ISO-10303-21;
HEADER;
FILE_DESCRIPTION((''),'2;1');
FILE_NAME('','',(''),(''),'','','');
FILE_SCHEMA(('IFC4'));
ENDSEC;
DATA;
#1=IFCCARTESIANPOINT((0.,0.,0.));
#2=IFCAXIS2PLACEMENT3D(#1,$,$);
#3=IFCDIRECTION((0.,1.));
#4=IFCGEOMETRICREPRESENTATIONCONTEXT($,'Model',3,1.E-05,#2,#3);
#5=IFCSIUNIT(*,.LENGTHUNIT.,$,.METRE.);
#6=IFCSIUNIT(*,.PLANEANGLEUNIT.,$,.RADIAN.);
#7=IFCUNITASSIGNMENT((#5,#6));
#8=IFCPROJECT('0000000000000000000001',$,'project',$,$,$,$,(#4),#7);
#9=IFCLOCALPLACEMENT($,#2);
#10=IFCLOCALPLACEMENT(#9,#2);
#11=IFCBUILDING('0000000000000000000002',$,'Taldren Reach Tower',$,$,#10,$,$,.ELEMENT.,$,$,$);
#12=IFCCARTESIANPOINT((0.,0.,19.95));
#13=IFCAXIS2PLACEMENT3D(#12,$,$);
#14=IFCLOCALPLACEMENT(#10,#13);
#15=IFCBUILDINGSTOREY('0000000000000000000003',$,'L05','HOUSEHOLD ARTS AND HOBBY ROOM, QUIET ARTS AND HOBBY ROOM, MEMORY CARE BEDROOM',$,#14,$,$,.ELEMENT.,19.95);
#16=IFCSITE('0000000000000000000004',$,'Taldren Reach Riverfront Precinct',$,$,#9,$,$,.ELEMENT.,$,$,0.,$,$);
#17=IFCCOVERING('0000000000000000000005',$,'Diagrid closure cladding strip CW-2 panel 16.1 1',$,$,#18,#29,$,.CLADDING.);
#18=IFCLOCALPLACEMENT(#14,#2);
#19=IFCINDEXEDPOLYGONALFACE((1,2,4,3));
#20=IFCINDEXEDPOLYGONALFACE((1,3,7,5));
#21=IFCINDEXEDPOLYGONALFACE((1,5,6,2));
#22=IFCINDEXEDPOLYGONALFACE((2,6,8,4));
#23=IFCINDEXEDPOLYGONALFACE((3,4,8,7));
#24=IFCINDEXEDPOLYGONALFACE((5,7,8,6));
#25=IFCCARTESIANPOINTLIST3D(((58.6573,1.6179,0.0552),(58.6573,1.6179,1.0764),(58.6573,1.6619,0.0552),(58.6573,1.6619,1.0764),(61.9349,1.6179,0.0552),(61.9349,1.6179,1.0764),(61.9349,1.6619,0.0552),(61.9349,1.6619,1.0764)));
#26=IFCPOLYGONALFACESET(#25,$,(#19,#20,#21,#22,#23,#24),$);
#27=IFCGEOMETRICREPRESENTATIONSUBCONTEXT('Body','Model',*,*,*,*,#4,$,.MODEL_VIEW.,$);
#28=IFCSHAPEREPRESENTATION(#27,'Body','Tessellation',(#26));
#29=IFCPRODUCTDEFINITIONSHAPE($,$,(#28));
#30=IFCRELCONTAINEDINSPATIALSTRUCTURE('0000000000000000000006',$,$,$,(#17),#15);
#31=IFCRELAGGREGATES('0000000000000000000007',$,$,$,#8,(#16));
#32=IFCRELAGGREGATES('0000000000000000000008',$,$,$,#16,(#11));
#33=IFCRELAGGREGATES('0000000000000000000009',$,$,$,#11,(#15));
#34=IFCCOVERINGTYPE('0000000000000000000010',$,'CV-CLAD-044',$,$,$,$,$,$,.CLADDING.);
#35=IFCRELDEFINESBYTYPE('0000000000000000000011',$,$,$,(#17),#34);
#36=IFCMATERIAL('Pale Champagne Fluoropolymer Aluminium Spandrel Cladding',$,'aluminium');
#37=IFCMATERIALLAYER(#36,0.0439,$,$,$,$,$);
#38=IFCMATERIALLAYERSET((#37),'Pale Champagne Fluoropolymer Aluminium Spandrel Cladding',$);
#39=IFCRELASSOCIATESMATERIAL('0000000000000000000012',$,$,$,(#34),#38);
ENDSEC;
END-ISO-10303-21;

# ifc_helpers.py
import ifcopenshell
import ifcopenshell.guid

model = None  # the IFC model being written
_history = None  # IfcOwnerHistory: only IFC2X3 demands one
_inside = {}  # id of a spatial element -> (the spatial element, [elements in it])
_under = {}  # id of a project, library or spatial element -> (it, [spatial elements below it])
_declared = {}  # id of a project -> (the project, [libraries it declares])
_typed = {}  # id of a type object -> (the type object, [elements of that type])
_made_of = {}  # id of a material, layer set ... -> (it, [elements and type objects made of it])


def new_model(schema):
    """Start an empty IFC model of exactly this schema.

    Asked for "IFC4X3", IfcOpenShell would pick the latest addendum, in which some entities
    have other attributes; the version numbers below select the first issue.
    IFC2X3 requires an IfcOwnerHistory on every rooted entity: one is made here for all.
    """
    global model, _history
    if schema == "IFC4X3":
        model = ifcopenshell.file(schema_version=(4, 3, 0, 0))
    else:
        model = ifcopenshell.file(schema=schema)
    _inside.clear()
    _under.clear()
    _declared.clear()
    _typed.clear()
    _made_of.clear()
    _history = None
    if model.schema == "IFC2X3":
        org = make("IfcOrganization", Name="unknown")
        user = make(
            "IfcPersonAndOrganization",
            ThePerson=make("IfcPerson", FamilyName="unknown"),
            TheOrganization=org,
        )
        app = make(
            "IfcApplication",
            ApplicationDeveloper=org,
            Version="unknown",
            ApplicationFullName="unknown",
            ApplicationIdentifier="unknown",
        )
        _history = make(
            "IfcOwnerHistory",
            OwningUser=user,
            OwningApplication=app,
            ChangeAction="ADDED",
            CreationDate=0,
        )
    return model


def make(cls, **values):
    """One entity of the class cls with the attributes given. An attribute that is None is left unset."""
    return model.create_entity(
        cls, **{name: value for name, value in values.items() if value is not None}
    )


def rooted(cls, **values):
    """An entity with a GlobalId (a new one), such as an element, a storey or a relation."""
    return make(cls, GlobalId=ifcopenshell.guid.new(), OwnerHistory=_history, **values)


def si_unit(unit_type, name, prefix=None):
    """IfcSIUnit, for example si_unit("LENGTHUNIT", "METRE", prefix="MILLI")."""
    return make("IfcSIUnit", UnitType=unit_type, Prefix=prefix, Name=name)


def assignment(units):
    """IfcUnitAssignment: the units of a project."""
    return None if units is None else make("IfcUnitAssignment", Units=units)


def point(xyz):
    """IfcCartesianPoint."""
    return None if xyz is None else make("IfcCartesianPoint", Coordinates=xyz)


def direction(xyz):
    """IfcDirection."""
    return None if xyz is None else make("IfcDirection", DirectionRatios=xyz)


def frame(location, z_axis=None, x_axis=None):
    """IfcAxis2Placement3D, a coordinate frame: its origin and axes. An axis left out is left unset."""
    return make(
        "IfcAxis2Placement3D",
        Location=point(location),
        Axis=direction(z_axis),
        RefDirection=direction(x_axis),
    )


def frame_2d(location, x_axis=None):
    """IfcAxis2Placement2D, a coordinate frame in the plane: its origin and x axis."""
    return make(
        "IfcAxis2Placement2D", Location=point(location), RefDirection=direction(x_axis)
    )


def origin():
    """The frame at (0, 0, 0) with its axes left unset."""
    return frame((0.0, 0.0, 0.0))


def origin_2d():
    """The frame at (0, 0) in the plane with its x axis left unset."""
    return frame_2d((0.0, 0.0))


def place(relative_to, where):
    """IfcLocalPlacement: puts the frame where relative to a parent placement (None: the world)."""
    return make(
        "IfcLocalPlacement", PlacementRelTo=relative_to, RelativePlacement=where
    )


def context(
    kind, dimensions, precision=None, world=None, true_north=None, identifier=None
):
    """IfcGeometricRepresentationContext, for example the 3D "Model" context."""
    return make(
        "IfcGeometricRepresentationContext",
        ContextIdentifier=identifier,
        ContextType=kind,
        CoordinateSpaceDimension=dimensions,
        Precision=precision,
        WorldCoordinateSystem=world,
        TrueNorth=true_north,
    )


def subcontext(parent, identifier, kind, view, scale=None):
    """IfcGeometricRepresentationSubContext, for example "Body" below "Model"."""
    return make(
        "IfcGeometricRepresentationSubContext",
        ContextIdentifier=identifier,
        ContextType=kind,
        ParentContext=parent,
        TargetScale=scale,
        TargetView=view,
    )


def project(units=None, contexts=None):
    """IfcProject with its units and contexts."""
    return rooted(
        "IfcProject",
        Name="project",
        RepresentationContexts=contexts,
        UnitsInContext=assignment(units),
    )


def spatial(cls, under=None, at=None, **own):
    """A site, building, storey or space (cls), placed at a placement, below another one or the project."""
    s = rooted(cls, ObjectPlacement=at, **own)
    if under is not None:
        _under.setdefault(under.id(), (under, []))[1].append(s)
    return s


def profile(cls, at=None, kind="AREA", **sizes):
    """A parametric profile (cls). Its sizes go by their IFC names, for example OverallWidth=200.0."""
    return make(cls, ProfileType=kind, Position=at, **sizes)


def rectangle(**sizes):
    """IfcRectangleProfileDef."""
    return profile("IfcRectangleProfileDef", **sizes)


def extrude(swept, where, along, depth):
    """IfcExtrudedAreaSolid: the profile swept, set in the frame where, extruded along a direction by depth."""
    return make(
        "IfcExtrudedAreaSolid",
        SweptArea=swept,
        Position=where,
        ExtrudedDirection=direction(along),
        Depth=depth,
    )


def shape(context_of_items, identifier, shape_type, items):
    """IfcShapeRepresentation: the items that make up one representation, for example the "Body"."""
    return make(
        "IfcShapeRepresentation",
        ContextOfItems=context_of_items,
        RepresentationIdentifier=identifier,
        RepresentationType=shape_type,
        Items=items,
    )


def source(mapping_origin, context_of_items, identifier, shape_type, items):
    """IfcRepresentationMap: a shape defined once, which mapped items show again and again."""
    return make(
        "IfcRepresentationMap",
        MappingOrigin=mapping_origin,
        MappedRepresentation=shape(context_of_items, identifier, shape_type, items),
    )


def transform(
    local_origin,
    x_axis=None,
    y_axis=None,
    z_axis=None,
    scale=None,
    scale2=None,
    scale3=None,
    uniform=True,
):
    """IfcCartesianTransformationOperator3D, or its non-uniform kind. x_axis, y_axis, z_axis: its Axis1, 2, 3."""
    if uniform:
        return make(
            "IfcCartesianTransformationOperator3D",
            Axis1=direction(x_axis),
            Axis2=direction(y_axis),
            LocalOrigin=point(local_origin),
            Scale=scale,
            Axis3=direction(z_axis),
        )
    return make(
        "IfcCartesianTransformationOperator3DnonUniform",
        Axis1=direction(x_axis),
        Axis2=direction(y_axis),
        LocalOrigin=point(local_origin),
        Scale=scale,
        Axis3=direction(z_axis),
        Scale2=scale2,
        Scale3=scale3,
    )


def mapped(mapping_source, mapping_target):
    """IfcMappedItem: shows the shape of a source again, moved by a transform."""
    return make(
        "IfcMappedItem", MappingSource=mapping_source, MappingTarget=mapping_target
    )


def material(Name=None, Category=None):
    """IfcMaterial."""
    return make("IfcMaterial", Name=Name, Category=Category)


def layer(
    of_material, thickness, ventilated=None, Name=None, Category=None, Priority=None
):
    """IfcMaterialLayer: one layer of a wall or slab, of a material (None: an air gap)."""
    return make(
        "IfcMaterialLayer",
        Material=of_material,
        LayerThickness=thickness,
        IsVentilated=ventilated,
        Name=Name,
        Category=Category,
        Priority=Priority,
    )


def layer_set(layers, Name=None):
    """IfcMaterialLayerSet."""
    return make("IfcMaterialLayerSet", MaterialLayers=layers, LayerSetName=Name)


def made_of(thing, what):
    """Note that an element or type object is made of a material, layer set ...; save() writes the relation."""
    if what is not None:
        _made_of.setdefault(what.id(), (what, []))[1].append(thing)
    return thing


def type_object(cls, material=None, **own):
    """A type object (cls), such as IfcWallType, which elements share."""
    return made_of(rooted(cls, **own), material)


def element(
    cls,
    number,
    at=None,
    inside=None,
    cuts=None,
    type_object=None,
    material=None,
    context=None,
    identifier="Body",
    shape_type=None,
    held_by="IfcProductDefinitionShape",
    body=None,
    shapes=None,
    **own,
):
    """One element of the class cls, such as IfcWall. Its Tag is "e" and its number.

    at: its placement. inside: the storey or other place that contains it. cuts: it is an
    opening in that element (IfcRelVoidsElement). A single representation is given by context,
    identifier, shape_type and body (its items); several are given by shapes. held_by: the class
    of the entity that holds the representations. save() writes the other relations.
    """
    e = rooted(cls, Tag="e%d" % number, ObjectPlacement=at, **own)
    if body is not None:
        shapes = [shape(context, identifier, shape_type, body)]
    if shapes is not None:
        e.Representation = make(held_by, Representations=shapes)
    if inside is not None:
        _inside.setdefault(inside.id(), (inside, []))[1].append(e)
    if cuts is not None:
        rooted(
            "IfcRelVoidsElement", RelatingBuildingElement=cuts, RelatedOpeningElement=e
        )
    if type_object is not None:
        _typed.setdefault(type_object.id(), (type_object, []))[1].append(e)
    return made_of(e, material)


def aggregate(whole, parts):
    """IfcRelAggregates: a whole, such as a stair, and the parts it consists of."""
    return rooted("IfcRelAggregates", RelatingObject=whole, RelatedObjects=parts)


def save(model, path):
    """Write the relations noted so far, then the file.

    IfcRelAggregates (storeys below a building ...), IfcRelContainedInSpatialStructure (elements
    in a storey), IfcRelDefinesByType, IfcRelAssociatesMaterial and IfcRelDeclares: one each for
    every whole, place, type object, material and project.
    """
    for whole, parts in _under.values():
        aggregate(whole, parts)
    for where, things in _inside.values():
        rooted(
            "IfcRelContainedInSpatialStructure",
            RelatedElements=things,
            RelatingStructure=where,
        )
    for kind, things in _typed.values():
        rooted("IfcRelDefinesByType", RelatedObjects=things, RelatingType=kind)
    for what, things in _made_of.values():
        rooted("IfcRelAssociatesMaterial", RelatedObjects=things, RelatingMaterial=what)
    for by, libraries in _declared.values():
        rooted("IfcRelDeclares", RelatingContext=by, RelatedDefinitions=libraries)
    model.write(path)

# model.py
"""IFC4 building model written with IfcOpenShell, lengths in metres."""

from ifc_helpers import new_model, si_unit, direction, frame, origin, origin_2d, place, context, subcontext, project, spatial, rectangle, extrude, source, transform, mapped, material, layer, layer_set, type_object, element, save


model = new_model("IFC4")

# Units and contexts
model_context = context("Model", 3, precision=1e-05, world=origin(), true_north=direction((0.0, 1.0)))
body_context = subcontext(model_context, "Body", "Model", "MODEL_VIEW")
ifc_project = project(units=[si_unit("LENGTHUNIT", "METRE"), si_unit("PLANEANGLEUNIT", "RADIAN")], contexts=[model_context])

# Site, building, storey
site_placement = place(None, origin())
site = spatial("IfcSite", under=ifc_project, at=site_placement, Name="Taldren Reach Riverfront Precinct", CompositionType="ELEMENT", RefElevation=0.0)
building_placement = place(site_placement, origin())
building = spatial("IfcBuilding", under=site, at=building_placement, Name="Taldren Reach Tower", CompositionType="ELEMENT")
storey_placement = place(building_placement, frame((0.0, 0.0, 19.95)))
storey = spatial("IfcBuildingStorey", under=building, at=storey_placement, Name="L05", Description="HOUSEHOLD ARTS AND HOBBY ROOM, QUIET ARTS AND HOBBY ROOM, MEMORY CARE BEDROOM", CompositionType="ELEMENT", Elevation=19.95)

# Covering
ifc_material_1 = material(Name="Pale Champagne Fluoropolymer Aluminium Spandrel Cladding", Category="aluminium")
ifc_layer_1 = layer(ifc_material_1, 0.0439)
ifc_layer_set_1 = layer_set([ifc_layer_1], Name="Pale Champagne Fluoropolymer Aluminium Spandrel Cladding")
covering_type = type_object("IfcCoveringType", Name="CV-CLAD-044", PredefinedType="CLADDING", material=ifc_layer_set_1)
shared_shape_1 = source(origin(), body_context, "Body", "SweptSolid", [
    extrude(rectangle(XDim=3.2776, YDim=0.0439, at=origin_2d()), origin(), (0.0, 0.0, 1.0), 1.0212),
])
covering_placement = place(storey_placement, frame((60.2961, 1.6399, 0.0552), z_axis=(0.0, 0.0, 1.0), x_axis=(1.0, 0.0, 0.0)))
element("IfcCovering", 1, at=covering_placement, inside=storey, type_object=covering_type, Name="Diagrid closure cladding strip CW-2 panel 16.1 1", PredefinedType="CLADDING", context=body_context, shape_type="MappedRepresentation", body=[
    mapped(shared_shape_1, transform((0.0, 0.0, 0.0), scale=1.0)),
])

save(model, "model.ifc")
